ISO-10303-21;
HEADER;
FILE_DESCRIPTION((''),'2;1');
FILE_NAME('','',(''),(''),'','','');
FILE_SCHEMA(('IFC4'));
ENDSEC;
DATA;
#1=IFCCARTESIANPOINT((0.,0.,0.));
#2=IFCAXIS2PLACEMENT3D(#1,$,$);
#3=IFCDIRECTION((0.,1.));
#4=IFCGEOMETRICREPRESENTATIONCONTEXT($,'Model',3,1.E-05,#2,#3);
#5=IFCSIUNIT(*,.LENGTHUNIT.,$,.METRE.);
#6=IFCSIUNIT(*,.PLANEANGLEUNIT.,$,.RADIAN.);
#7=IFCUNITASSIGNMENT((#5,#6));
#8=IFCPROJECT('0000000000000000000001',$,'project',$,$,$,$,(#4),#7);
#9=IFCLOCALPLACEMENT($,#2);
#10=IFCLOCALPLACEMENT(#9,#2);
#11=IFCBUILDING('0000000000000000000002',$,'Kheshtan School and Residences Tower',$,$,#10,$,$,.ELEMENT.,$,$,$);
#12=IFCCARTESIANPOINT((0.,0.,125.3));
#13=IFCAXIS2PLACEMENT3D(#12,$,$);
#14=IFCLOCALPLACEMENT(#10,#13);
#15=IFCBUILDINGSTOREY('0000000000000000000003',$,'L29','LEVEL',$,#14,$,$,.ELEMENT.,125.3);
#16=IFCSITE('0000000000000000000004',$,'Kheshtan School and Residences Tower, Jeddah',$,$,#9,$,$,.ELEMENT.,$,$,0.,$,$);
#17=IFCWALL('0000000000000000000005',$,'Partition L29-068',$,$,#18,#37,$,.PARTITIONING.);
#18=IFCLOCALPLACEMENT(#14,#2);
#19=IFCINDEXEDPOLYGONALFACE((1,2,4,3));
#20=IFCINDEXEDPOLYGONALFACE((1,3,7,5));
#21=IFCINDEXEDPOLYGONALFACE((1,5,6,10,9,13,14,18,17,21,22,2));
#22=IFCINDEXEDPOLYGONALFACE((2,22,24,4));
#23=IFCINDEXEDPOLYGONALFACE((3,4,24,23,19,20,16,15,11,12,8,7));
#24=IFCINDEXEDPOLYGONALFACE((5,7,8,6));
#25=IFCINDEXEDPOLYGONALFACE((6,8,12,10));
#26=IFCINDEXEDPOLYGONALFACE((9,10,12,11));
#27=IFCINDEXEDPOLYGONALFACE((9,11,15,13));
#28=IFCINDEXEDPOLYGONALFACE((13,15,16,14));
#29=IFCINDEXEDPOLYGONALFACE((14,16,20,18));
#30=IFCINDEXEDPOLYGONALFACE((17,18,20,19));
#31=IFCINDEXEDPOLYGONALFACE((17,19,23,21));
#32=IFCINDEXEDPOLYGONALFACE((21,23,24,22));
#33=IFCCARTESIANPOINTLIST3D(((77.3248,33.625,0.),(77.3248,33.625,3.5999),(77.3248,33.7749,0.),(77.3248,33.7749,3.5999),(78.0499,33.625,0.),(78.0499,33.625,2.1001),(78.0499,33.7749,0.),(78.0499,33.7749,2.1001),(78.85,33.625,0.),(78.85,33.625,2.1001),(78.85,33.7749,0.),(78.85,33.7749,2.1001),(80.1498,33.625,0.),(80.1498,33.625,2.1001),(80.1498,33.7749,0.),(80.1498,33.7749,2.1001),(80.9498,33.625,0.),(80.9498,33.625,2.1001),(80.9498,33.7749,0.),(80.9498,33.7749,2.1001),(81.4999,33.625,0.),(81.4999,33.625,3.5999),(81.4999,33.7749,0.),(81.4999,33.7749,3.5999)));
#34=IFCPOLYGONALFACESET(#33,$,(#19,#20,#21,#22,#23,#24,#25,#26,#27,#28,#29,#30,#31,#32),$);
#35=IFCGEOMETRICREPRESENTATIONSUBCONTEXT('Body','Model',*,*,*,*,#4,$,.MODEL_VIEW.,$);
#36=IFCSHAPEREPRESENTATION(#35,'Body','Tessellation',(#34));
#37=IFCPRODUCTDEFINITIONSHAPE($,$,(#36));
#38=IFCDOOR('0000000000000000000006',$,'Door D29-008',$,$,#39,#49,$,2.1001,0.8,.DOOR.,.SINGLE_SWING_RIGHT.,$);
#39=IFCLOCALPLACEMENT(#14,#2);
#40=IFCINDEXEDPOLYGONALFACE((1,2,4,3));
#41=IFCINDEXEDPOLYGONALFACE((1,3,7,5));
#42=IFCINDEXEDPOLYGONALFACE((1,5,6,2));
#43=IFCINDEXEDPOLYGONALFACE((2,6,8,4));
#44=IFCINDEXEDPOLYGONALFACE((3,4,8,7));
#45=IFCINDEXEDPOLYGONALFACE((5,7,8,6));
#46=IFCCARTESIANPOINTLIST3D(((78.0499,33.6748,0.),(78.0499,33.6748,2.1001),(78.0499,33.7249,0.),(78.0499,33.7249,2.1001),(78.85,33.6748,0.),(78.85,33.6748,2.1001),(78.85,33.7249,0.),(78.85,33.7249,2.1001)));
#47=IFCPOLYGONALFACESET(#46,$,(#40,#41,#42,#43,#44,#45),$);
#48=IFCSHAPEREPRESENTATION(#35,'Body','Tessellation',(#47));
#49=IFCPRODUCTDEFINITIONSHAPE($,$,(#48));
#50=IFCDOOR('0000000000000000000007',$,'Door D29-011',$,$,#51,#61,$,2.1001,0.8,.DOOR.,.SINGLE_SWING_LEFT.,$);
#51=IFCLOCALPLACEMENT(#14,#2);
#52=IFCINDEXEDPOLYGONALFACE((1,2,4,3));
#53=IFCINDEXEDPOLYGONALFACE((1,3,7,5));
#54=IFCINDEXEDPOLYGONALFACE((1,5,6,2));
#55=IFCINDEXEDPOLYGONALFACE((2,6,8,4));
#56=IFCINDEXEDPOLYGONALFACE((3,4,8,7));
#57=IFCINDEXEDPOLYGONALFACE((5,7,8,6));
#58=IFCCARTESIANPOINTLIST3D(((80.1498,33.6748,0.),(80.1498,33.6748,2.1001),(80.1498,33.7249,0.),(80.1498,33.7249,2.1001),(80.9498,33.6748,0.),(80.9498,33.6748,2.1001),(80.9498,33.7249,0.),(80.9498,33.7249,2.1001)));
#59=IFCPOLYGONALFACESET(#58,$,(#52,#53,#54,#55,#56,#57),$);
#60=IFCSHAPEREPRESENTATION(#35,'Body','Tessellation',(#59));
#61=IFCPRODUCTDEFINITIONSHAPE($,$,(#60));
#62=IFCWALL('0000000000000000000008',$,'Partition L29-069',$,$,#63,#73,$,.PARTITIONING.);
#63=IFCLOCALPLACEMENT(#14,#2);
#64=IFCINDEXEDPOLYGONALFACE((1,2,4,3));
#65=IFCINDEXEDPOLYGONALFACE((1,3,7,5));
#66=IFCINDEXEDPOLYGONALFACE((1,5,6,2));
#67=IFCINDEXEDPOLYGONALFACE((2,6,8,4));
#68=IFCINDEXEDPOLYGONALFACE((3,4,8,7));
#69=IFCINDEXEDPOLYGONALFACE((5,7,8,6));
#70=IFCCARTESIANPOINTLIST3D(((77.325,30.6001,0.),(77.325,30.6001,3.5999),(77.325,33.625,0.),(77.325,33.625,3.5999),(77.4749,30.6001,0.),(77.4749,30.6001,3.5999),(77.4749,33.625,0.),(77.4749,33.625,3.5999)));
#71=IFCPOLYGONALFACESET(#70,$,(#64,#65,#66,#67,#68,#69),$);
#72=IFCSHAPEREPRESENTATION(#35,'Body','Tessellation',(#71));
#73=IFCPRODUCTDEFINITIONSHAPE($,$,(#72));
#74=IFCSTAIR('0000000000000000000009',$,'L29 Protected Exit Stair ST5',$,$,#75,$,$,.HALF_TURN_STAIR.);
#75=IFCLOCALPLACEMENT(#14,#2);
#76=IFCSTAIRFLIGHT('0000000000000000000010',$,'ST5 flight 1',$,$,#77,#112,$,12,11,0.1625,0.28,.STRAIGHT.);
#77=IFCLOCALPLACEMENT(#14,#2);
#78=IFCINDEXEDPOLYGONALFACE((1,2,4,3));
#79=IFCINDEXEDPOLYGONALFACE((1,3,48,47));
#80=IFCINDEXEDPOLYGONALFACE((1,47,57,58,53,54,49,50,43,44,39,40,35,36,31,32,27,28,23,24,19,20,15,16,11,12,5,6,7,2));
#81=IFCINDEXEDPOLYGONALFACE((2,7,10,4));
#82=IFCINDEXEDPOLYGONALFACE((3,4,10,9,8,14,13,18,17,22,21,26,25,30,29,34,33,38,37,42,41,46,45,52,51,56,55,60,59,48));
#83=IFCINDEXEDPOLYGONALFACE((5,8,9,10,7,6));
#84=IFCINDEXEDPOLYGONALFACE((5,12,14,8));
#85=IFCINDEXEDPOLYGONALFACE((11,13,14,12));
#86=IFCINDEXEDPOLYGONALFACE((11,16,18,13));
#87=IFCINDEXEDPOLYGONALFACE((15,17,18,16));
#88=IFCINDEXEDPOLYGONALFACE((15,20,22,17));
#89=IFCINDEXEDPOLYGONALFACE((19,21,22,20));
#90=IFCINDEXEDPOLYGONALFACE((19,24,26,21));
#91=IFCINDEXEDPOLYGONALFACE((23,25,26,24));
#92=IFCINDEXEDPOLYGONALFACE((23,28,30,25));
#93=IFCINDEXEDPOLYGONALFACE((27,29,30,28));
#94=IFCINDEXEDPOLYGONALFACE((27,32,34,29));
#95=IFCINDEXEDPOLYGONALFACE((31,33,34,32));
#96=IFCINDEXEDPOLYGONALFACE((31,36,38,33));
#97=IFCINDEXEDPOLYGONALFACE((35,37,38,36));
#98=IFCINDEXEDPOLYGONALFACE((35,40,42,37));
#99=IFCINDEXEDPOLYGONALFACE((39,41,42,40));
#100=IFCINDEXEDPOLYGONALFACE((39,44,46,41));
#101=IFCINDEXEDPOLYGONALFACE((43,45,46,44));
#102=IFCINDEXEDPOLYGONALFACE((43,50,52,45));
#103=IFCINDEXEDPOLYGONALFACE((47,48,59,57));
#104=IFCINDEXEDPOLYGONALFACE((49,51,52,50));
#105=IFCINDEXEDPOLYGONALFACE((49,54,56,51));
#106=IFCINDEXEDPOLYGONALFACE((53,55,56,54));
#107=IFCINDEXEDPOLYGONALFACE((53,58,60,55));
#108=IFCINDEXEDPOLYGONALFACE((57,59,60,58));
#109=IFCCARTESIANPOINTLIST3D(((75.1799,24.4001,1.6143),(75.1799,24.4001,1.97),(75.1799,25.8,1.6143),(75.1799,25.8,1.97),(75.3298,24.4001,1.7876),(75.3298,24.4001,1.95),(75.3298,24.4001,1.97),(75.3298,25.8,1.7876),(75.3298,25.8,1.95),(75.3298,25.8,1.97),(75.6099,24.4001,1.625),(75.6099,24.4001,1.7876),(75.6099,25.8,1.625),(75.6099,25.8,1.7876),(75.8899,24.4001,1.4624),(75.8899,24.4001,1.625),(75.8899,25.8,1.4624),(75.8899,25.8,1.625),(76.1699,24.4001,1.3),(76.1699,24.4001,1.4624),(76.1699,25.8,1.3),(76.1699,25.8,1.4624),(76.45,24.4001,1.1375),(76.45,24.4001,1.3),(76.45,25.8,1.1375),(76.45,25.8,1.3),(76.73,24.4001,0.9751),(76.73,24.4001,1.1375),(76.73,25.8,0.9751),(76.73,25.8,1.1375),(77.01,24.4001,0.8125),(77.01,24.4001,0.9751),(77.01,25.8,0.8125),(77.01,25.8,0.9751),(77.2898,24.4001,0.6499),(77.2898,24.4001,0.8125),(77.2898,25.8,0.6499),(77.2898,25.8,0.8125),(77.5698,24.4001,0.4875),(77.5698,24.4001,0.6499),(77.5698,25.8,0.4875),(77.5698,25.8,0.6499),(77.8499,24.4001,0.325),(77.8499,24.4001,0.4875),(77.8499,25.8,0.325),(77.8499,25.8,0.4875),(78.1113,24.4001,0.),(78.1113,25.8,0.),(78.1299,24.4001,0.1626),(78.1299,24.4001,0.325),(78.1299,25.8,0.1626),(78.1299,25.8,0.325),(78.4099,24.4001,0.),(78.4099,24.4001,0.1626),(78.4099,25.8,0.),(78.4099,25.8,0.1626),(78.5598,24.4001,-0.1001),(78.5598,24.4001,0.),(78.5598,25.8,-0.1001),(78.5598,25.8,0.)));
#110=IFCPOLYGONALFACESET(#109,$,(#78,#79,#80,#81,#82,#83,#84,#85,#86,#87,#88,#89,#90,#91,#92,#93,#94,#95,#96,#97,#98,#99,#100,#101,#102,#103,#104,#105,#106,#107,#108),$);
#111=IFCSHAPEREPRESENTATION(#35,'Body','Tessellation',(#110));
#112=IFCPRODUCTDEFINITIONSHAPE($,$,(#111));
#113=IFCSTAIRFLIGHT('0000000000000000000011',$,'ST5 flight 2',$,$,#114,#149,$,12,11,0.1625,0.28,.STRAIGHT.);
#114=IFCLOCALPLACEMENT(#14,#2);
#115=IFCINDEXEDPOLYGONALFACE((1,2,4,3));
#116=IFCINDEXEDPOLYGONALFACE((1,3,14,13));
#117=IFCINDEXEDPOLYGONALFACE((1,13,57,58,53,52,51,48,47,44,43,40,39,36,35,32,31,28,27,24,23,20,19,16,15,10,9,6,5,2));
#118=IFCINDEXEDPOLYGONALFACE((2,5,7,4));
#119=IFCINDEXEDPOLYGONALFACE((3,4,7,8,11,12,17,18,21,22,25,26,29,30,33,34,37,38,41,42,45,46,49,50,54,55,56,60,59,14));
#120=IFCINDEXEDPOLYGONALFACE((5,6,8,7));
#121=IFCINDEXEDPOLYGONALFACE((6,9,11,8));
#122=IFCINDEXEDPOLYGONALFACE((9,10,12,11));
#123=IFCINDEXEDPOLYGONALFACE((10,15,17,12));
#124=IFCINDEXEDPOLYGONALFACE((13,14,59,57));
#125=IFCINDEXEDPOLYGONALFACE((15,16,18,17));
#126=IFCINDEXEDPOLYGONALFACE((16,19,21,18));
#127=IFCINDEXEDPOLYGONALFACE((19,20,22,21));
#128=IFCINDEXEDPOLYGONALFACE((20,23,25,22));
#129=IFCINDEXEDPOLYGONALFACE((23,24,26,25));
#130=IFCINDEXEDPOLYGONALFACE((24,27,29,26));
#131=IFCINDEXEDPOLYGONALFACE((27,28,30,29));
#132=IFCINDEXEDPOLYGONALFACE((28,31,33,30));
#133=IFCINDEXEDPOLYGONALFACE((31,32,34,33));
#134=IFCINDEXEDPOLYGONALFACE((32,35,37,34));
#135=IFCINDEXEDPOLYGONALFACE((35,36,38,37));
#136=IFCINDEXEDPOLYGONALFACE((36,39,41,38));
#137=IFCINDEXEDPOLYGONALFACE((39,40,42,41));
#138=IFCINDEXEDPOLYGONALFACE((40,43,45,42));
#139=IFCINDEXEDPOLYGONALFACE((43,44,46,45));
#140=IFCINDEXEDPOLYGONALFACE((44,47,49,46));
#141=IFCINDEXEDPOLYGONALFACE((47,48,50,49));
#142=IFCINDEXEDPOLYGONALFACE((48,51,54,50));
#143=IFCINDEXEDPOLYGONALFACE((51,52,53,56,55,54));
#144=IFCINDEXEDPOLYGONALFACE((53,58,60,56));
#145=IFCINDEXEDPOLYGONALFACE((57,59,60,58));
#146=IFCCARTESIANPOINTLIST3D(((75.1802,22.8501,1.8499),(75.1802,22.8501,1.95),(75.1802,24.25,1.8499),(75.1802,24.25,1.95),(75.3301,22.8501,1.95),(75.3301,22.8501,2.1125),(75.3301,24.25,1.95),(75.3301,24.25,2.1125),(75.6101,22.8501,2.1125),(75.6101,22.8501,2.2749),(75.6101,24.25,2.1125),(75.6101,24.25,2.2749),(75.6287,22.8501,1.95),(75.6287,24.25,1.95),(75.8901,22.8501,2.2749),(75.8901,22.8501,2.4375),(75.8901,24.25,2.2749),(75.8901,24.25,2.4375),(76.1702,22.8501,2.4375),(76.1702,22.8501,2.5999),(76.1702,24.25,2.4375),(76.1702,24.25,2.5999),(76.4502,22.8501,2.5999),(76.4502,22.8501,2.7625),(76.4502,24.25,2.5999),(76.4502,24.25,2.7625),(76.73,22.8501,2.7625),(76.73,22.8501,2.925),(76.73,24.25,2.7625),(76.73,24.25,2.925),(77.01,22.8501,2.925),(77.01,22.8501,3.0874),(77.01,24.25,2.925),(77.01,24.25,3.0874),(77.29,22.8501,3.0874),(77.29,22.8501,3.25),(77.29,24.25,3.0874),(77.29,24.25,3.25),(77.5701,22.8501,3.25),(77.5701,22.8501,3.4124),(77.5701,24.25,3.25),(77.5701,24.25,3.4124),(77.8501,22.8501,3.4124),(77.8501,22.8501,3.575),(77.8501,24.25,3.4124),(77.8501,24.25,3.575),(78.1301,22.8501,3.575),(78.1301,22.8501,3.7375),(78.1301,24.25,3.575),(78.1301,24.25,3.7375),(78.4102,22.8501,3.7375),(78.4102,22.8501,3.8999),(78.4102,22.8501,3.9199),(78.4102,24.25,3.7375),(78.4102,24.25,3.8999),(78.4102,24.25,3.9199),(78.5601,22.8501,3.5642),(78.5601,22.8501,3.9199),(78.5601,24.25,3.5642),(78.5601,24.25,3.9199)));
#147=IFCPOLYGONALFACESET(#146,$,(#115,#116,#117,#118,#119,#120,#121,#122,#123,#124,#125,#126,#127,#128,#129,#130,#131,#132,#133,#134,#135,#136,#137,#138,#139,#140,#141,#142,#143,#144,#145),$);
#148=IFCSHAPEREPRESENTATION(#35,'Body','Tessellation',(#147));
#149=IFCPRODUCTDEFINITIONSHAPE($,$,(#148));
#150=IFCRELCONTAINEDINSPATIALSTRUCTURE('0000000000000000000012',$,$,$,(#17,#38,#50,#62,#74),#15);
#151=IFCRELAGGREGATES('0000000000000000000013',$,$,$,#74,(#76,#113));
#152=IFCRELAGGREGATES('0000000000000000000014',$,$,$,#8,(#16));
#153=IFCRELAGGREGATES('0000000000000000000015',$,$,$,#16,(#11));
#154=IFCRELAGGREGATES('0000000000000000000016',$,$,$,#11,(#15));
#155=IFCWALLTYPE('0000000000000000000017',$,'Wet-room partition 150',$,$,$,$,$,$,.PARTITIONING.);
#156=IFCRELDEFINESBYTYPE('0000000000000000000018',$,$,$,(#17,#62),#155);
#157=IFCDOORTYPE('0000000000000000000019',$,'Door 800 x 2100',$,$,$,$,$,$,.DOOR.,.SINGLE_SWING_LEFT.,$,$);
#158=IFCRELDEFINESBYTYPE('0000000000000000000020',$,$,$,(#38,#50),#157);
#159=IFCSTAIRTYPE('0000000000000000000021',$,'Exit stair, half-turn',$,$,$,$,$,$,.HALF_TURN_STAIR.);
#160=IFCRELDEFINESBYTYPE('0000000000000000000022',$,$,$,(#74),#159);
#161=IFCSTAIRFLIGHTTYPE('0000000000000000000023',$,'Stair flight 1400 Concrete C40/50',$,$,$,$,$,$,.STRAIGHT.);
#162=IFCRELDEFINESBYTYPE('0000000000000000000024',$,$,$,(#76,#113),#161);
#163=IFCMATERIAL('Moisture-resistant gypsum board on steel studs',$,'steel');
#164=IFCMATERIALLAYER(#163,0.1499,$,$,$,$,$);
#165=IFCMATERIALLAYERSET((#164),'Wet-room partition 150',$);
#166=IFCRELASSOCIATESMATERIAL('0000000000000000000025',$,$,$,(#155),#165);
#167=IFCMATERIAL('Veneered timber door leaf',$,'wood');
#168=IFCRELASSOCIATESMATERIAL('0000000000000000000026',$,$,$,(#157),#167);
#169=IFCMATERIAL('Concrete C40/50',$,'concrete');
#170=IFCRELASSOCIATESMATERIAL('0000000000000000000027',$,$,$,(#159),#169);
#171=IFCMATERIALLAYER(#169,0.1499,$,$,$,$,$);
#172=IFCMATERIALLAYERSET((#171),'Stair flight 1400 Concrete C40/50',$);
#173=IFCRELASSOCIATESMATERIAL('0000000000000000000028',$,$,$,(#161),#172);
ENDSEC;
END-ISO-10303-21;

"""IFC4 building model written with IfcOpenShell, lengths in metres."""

from ifc_helpers import new_model, si_unit, direction, frame, frame_2d, origin, place, context, subcontext, project, spatial, polyline, rectangle, outline, extrude, source, transform, mapped, material, layer, layer_set, type_object, element, fill, aggregate, save


model = new_model("IFC4")

# Units and contexts
model_context = context("Model", 3, precision=1e-05, world=origin(), true_north=direction((0.0, 1.0)))
body_context = subcontext(model_context, "Body", "Model", "MODEL_VIEW")
ifc_project = project(units=[si_unit("LENGTHUNIT", "METRE"), si_unit("PLANEANGLEUNIT", "RADIAN")], contexts=[model_context])

# Site, building, storey
site_placement = place(None, origin())
site = spatial("IfcSite", under=ifc_project, at=site_placement, Name="Kheshtan School and Residences Tower, Jeddah", CompositionType="ELEMENT", RefElevation=0.0)
building_placement = place(site_placement, origin())
building = spatial("IfcBuilding", under=site, at=building_placement, Name="Kheshtan School and Residences Tower", CompositionType="ELEMENT")
storey_placement = place(building_placement, frame((0.0, 0.0, 125.3)))
storey = spatial("IfcBuildingStorey", under=building, at=storey_placement, Name="L29", Description="LEVEL", CompositionType="ELEMENT", Elevation=125.3)

# Shared definitions
ifc_material_1 = material(Name="Concrete C40/50", Category="concrete")

# Shared definitions
ifc_material_2 = material(Name="Moisture-resistant gypsum board on steel studs", Category="steel")
ifc_layer_1 = layer(ifc_material_2, 0.1499)
ifc_layer_set_1 = layer_set([ifc_layer_1], Name="Wet-room partition 150")
wall_type_1 = type_object("IfcWallType", Name="Wet-room partition 150", PredefinedType="PARTITIONING", material=ifc_layer_set_1)

# Wall, openings, doors
wall_1_placement = place(storey_placement, frame((77.325, 33.7, 0.0), z_axis=(0.0, 0.0, 1.0), x_axis=(1.0, 0.0, 0.0)))
wall_1 = element("IfcWall", 1, at=wall_1_placement, inside=storey, type_object=wall_type_1, Name="Partition L29-068", PredefinedType="PARTITIONING", context=body_context, shape_type="SweptSolid", body=[
    extrude(rectangle(XDim=4.175, YDim=0.1499, at=frame_2d((2.0874, 0.0))), origin(), (0.0, 0.0, 1.0), 3.5999),
])
opening_1_placement = place(wall_1_placement, frame((0.7251, 0.0, 0.0)))
opening_1 = element("IfcOpeningElement", 2, at=opening_1_placement, cuts=wall_1, PredefinedType="OPENING", context=body_context, shape_type="SweptSolid", body=[
    extrude(rectangle(XDim=0.8, YDim=2.1001, at=frame_2d((0.3999, 1.05))), frame((0.0, 0.085, 0.0), z_axis=(0.0, -1.0, 0.0), x_axis=(1.0, 0.0, 0.0)), (0.0, 0.0, 1.0), 0.1699),
])
opening_2_placement = place(wall_1_placement, frame((2.825, 0.0, 0.0)))
opening_2 = element("IfcOpeningElement", 3, at=opening_2_placement, cuts=wall_1, PredefinedType="OPENING", context=body_context, shape_type="SweptSolid", body=[
    extrude(rectangle(XDim=0.8, YDim=2.1001, at=frame_2d((0.3999, 1.05))), frame((0.0, 0.085, 0.0), z_axis=(0.0, -1.0, 0.0), x_axis=(1.0, 0.0, 0.0)), (0.0, 0.0, 1.0), 0.1699),
])
ifc_material_3 = material(Name="Veneered timber door leaf", Category="wood")
door_type_1 = type_object("IfcDoorType", Name="Door 800 x 2100", OperationType="SINGLE_SWING_LEFT", PredefinedType="DOOR", material=ifc_material_3)
shared_shape_1 = source(origin(), body_context, "Body", "SweptSolid", [
    extrude(rectangle(XDim=0.8, YDim=2.1001, at=frame_2d((0.3999, 1.05))), frame((0.0, 0.0249, 0.0), z_axis=(0.0, -1.0, 0.0), x_axis=(1.0, 0.0, 0.0)), (0.0, 0.0, 1.0), 0.05),
])
door_1_placement = place(opening_1_placement, origin())
door_1 = element("IfcDoor", 4, at=door_1_placement, inside=storey, type_object=door_type_1, Name="Door D29-008", OperationType="SINGLE_SWING_RIGHT", OverallHeight=2.1001, OverallWidth=0.8, PredefinedType="DOOR", context=body_context, shape_type="MappedRepresentation", body=[
    mapped(shared_shape_1, transform((0.0, 0.0, 0.0), x_axis=(1.0, 0.0, 0.0), y_axis=(0.0, 1.0, 0.0), z_axis=(0.0, 0.0, 1.0), scale=1.0)),
])
fill(opening_1, door_1)
door_2_placement = place(opening_2_placement, origin())
door_2 = element("IfcDoor", 5, at=door_2_placement, inside=storey, type_object=door_type_1, Name="Door D29-011", OperationType="SINGLE_SWING_LEFT", OverallHeight=2.1001, OverallWidth=0.8, PredefinedType="DOOR", context=body_context, shape_type="MappedRepresentation", body=[
    mapped(shared_shape_1, transform((0.0, 0.0, 0.0), x_axis=(1.0, 0.0, 0.0), y_axis=(0.0, 1.0, 0.0), z_axis=(0.0, 0.0, 1.0), scale=1.0)),
])
fill(opening_2, door_2)

# Wall
wall_2_placement = place(storey_placement, frame((77.3999, 30.6001, 0.0), z_axis=(0.0, 0.0, 1.0), x_axis=(0.0, 1.0, 0.0)))
element("IfcWall", 6, at=wall_2_placement, inside=storey, type_object=wall_type_1, Name="Partition L29-069", PredefinedType="PARTITIONING", context=body_context, shape_type="SweptSolid", body=[
    extrude(rectangle(XDim=3.0249, YDim=0.1499, at=frame_2d((1.5125, 0.0))), origin(), (0.0, 0.0, 1.0), 3.5999),
])

# Stair, stair flights
stair_type = type_object("IfcStairType", Name="Exit stair, half-turn", PredefinedType="HALF_TURN_STAIR", material=ifc_material_1)
stair_placement = place(storey_placement, origin())
stair = element("IfcStair", 7, at=stair_placement, inside=storey, type_object=stair_type, Name="L29 Protected Exit Stair ST5", PredefinedType="HALF_TURN_STAIR")
ifc_layer_2 = layer(ifc_material_1, 0.1499)
ifc_layer_set_2 = layer_set([ifc_layer_2], Name="Stair flight 1400 Concrete C40/50")
stair_flight_type = type_object("IfcStairFlightType", Name="Stair flight 1400 Concrete C40/50", PredefinedType="STRAIGHT", material=ifc_layer_set_2)
stair_flight_1_placement = place(storey_placement, frame((78.4099, 25.1001, 0.0), z_axis=(0.0, 0.0, 1.0), x_axis=(-1.0, 0.0, 0.0)))
stair_flight_1 = element("IfcStairFlight", 8, at=stair_flight_1_placement, type_object=stair_flight_type, Name="ST5 flight 1", NumberOfRisers=12, NumberOfTreads=11, PredefinedType="STRAIGHT", RiserHeight=0.1625, TreadLength=0.28, context=body_context, shape_type="SweptSolid", body=[
    extrude(outline(polyline([(-0.1499, -0.1001), (-0.1499, 0.0), (0.0, 0.0), (0.0, 0.1626), (0.28, 0.1626), (0.28, 0.325), (0.5601, 0.325), (0.5601, 0.4875), (0.8401, 0.4875), (0.8401, 0.6499), (1.1201, 0.6499), (1.1201, 0.8125), (1.3999, 0.8125), (1.3999, 0.9751), (1.6799, 0.9751), (1.6799, 1.1375), (1.96, 1.1375), (1.96, 1.3), (2.24, 1.3), (2.24, 1.4624), (2.52, 1.4624), (2.52, 1.625), (2.8, 1.625), (2.8, 1.7876), (3.0801, 1.7876), (3.0801, 1.95), (3.0801, 1.97), (3.23, 1.97), (3.23, 1.6143), (0.2986, 0.0), (-0.1499, -0.1001)])), frame((0.0, 0.7, 0.0), z_axis=(0.0, -1.0, 0.0), x_axis=(1.0, 0.0, 0.0)), (0.0, 0.0, 1.0), 1.3999),
])
stair_flight_2_placement = place(storey_placement, frame((75.3301, 23.55, 1.95), z_axis=(0.0, 0.0, 1.0), x_axis=(1.0, 0.0, 0.0)))
stair_flight_2 = element("IfcStairFlight", 9, at=stair_flight_2_placement, type_object=stair_flight_type, Name="ST5 flight 2", NumberOfRisers=12, NumberOfTreads=11, PredefinedType="STRAIGHT", RiserHeight=0.1625, TreadLength=0.28, context=body_context, shape_type="SweptSolid", body=[
    extrude(outline(polyline([(-0.1499, -0.1001), (-0.1499, 0.0), (0.0, 0.0), (0.0, 0.1626), (0.28, 0.1626), (0.28, 0.325), (0.5601, 0.325), (0.5601, 0.4875), (0.8401, 0.4875), (0.8401, 0.6499), (1.1201, 0.6499), (1.1201, 0.8125), (1.3999, 0.8125), (1.3999, 0.9751), (1.6799, 0.9751), (1.6799, 1.1375), (1.96, 1.1375), (1.96, 1.3), (2.24, 1.3), (2.24, 1.4624), (2.52, 1.4624), (2.52, 1.625), (2.8, 1.625), (2.8, 1.7876), (3.0801, 1.7876), (3.0801, 1.95), (3.0801, 1.97), (3.23, 1.97), (3.23, 1.6143), (0.2986, 0.0), (-0.1499, -0.1001)])), frame((0.0, 0.7, 0.0), z_axis=(0.0, -1.0, 0.0), x_axis=(1.0, 0.0, 0.0)), (0.0, 0.0, 1.0), 1.3999),
])
aggregate(stair, [stair_flight_1, stair_flight_2])

save(model, "model.ifc")
